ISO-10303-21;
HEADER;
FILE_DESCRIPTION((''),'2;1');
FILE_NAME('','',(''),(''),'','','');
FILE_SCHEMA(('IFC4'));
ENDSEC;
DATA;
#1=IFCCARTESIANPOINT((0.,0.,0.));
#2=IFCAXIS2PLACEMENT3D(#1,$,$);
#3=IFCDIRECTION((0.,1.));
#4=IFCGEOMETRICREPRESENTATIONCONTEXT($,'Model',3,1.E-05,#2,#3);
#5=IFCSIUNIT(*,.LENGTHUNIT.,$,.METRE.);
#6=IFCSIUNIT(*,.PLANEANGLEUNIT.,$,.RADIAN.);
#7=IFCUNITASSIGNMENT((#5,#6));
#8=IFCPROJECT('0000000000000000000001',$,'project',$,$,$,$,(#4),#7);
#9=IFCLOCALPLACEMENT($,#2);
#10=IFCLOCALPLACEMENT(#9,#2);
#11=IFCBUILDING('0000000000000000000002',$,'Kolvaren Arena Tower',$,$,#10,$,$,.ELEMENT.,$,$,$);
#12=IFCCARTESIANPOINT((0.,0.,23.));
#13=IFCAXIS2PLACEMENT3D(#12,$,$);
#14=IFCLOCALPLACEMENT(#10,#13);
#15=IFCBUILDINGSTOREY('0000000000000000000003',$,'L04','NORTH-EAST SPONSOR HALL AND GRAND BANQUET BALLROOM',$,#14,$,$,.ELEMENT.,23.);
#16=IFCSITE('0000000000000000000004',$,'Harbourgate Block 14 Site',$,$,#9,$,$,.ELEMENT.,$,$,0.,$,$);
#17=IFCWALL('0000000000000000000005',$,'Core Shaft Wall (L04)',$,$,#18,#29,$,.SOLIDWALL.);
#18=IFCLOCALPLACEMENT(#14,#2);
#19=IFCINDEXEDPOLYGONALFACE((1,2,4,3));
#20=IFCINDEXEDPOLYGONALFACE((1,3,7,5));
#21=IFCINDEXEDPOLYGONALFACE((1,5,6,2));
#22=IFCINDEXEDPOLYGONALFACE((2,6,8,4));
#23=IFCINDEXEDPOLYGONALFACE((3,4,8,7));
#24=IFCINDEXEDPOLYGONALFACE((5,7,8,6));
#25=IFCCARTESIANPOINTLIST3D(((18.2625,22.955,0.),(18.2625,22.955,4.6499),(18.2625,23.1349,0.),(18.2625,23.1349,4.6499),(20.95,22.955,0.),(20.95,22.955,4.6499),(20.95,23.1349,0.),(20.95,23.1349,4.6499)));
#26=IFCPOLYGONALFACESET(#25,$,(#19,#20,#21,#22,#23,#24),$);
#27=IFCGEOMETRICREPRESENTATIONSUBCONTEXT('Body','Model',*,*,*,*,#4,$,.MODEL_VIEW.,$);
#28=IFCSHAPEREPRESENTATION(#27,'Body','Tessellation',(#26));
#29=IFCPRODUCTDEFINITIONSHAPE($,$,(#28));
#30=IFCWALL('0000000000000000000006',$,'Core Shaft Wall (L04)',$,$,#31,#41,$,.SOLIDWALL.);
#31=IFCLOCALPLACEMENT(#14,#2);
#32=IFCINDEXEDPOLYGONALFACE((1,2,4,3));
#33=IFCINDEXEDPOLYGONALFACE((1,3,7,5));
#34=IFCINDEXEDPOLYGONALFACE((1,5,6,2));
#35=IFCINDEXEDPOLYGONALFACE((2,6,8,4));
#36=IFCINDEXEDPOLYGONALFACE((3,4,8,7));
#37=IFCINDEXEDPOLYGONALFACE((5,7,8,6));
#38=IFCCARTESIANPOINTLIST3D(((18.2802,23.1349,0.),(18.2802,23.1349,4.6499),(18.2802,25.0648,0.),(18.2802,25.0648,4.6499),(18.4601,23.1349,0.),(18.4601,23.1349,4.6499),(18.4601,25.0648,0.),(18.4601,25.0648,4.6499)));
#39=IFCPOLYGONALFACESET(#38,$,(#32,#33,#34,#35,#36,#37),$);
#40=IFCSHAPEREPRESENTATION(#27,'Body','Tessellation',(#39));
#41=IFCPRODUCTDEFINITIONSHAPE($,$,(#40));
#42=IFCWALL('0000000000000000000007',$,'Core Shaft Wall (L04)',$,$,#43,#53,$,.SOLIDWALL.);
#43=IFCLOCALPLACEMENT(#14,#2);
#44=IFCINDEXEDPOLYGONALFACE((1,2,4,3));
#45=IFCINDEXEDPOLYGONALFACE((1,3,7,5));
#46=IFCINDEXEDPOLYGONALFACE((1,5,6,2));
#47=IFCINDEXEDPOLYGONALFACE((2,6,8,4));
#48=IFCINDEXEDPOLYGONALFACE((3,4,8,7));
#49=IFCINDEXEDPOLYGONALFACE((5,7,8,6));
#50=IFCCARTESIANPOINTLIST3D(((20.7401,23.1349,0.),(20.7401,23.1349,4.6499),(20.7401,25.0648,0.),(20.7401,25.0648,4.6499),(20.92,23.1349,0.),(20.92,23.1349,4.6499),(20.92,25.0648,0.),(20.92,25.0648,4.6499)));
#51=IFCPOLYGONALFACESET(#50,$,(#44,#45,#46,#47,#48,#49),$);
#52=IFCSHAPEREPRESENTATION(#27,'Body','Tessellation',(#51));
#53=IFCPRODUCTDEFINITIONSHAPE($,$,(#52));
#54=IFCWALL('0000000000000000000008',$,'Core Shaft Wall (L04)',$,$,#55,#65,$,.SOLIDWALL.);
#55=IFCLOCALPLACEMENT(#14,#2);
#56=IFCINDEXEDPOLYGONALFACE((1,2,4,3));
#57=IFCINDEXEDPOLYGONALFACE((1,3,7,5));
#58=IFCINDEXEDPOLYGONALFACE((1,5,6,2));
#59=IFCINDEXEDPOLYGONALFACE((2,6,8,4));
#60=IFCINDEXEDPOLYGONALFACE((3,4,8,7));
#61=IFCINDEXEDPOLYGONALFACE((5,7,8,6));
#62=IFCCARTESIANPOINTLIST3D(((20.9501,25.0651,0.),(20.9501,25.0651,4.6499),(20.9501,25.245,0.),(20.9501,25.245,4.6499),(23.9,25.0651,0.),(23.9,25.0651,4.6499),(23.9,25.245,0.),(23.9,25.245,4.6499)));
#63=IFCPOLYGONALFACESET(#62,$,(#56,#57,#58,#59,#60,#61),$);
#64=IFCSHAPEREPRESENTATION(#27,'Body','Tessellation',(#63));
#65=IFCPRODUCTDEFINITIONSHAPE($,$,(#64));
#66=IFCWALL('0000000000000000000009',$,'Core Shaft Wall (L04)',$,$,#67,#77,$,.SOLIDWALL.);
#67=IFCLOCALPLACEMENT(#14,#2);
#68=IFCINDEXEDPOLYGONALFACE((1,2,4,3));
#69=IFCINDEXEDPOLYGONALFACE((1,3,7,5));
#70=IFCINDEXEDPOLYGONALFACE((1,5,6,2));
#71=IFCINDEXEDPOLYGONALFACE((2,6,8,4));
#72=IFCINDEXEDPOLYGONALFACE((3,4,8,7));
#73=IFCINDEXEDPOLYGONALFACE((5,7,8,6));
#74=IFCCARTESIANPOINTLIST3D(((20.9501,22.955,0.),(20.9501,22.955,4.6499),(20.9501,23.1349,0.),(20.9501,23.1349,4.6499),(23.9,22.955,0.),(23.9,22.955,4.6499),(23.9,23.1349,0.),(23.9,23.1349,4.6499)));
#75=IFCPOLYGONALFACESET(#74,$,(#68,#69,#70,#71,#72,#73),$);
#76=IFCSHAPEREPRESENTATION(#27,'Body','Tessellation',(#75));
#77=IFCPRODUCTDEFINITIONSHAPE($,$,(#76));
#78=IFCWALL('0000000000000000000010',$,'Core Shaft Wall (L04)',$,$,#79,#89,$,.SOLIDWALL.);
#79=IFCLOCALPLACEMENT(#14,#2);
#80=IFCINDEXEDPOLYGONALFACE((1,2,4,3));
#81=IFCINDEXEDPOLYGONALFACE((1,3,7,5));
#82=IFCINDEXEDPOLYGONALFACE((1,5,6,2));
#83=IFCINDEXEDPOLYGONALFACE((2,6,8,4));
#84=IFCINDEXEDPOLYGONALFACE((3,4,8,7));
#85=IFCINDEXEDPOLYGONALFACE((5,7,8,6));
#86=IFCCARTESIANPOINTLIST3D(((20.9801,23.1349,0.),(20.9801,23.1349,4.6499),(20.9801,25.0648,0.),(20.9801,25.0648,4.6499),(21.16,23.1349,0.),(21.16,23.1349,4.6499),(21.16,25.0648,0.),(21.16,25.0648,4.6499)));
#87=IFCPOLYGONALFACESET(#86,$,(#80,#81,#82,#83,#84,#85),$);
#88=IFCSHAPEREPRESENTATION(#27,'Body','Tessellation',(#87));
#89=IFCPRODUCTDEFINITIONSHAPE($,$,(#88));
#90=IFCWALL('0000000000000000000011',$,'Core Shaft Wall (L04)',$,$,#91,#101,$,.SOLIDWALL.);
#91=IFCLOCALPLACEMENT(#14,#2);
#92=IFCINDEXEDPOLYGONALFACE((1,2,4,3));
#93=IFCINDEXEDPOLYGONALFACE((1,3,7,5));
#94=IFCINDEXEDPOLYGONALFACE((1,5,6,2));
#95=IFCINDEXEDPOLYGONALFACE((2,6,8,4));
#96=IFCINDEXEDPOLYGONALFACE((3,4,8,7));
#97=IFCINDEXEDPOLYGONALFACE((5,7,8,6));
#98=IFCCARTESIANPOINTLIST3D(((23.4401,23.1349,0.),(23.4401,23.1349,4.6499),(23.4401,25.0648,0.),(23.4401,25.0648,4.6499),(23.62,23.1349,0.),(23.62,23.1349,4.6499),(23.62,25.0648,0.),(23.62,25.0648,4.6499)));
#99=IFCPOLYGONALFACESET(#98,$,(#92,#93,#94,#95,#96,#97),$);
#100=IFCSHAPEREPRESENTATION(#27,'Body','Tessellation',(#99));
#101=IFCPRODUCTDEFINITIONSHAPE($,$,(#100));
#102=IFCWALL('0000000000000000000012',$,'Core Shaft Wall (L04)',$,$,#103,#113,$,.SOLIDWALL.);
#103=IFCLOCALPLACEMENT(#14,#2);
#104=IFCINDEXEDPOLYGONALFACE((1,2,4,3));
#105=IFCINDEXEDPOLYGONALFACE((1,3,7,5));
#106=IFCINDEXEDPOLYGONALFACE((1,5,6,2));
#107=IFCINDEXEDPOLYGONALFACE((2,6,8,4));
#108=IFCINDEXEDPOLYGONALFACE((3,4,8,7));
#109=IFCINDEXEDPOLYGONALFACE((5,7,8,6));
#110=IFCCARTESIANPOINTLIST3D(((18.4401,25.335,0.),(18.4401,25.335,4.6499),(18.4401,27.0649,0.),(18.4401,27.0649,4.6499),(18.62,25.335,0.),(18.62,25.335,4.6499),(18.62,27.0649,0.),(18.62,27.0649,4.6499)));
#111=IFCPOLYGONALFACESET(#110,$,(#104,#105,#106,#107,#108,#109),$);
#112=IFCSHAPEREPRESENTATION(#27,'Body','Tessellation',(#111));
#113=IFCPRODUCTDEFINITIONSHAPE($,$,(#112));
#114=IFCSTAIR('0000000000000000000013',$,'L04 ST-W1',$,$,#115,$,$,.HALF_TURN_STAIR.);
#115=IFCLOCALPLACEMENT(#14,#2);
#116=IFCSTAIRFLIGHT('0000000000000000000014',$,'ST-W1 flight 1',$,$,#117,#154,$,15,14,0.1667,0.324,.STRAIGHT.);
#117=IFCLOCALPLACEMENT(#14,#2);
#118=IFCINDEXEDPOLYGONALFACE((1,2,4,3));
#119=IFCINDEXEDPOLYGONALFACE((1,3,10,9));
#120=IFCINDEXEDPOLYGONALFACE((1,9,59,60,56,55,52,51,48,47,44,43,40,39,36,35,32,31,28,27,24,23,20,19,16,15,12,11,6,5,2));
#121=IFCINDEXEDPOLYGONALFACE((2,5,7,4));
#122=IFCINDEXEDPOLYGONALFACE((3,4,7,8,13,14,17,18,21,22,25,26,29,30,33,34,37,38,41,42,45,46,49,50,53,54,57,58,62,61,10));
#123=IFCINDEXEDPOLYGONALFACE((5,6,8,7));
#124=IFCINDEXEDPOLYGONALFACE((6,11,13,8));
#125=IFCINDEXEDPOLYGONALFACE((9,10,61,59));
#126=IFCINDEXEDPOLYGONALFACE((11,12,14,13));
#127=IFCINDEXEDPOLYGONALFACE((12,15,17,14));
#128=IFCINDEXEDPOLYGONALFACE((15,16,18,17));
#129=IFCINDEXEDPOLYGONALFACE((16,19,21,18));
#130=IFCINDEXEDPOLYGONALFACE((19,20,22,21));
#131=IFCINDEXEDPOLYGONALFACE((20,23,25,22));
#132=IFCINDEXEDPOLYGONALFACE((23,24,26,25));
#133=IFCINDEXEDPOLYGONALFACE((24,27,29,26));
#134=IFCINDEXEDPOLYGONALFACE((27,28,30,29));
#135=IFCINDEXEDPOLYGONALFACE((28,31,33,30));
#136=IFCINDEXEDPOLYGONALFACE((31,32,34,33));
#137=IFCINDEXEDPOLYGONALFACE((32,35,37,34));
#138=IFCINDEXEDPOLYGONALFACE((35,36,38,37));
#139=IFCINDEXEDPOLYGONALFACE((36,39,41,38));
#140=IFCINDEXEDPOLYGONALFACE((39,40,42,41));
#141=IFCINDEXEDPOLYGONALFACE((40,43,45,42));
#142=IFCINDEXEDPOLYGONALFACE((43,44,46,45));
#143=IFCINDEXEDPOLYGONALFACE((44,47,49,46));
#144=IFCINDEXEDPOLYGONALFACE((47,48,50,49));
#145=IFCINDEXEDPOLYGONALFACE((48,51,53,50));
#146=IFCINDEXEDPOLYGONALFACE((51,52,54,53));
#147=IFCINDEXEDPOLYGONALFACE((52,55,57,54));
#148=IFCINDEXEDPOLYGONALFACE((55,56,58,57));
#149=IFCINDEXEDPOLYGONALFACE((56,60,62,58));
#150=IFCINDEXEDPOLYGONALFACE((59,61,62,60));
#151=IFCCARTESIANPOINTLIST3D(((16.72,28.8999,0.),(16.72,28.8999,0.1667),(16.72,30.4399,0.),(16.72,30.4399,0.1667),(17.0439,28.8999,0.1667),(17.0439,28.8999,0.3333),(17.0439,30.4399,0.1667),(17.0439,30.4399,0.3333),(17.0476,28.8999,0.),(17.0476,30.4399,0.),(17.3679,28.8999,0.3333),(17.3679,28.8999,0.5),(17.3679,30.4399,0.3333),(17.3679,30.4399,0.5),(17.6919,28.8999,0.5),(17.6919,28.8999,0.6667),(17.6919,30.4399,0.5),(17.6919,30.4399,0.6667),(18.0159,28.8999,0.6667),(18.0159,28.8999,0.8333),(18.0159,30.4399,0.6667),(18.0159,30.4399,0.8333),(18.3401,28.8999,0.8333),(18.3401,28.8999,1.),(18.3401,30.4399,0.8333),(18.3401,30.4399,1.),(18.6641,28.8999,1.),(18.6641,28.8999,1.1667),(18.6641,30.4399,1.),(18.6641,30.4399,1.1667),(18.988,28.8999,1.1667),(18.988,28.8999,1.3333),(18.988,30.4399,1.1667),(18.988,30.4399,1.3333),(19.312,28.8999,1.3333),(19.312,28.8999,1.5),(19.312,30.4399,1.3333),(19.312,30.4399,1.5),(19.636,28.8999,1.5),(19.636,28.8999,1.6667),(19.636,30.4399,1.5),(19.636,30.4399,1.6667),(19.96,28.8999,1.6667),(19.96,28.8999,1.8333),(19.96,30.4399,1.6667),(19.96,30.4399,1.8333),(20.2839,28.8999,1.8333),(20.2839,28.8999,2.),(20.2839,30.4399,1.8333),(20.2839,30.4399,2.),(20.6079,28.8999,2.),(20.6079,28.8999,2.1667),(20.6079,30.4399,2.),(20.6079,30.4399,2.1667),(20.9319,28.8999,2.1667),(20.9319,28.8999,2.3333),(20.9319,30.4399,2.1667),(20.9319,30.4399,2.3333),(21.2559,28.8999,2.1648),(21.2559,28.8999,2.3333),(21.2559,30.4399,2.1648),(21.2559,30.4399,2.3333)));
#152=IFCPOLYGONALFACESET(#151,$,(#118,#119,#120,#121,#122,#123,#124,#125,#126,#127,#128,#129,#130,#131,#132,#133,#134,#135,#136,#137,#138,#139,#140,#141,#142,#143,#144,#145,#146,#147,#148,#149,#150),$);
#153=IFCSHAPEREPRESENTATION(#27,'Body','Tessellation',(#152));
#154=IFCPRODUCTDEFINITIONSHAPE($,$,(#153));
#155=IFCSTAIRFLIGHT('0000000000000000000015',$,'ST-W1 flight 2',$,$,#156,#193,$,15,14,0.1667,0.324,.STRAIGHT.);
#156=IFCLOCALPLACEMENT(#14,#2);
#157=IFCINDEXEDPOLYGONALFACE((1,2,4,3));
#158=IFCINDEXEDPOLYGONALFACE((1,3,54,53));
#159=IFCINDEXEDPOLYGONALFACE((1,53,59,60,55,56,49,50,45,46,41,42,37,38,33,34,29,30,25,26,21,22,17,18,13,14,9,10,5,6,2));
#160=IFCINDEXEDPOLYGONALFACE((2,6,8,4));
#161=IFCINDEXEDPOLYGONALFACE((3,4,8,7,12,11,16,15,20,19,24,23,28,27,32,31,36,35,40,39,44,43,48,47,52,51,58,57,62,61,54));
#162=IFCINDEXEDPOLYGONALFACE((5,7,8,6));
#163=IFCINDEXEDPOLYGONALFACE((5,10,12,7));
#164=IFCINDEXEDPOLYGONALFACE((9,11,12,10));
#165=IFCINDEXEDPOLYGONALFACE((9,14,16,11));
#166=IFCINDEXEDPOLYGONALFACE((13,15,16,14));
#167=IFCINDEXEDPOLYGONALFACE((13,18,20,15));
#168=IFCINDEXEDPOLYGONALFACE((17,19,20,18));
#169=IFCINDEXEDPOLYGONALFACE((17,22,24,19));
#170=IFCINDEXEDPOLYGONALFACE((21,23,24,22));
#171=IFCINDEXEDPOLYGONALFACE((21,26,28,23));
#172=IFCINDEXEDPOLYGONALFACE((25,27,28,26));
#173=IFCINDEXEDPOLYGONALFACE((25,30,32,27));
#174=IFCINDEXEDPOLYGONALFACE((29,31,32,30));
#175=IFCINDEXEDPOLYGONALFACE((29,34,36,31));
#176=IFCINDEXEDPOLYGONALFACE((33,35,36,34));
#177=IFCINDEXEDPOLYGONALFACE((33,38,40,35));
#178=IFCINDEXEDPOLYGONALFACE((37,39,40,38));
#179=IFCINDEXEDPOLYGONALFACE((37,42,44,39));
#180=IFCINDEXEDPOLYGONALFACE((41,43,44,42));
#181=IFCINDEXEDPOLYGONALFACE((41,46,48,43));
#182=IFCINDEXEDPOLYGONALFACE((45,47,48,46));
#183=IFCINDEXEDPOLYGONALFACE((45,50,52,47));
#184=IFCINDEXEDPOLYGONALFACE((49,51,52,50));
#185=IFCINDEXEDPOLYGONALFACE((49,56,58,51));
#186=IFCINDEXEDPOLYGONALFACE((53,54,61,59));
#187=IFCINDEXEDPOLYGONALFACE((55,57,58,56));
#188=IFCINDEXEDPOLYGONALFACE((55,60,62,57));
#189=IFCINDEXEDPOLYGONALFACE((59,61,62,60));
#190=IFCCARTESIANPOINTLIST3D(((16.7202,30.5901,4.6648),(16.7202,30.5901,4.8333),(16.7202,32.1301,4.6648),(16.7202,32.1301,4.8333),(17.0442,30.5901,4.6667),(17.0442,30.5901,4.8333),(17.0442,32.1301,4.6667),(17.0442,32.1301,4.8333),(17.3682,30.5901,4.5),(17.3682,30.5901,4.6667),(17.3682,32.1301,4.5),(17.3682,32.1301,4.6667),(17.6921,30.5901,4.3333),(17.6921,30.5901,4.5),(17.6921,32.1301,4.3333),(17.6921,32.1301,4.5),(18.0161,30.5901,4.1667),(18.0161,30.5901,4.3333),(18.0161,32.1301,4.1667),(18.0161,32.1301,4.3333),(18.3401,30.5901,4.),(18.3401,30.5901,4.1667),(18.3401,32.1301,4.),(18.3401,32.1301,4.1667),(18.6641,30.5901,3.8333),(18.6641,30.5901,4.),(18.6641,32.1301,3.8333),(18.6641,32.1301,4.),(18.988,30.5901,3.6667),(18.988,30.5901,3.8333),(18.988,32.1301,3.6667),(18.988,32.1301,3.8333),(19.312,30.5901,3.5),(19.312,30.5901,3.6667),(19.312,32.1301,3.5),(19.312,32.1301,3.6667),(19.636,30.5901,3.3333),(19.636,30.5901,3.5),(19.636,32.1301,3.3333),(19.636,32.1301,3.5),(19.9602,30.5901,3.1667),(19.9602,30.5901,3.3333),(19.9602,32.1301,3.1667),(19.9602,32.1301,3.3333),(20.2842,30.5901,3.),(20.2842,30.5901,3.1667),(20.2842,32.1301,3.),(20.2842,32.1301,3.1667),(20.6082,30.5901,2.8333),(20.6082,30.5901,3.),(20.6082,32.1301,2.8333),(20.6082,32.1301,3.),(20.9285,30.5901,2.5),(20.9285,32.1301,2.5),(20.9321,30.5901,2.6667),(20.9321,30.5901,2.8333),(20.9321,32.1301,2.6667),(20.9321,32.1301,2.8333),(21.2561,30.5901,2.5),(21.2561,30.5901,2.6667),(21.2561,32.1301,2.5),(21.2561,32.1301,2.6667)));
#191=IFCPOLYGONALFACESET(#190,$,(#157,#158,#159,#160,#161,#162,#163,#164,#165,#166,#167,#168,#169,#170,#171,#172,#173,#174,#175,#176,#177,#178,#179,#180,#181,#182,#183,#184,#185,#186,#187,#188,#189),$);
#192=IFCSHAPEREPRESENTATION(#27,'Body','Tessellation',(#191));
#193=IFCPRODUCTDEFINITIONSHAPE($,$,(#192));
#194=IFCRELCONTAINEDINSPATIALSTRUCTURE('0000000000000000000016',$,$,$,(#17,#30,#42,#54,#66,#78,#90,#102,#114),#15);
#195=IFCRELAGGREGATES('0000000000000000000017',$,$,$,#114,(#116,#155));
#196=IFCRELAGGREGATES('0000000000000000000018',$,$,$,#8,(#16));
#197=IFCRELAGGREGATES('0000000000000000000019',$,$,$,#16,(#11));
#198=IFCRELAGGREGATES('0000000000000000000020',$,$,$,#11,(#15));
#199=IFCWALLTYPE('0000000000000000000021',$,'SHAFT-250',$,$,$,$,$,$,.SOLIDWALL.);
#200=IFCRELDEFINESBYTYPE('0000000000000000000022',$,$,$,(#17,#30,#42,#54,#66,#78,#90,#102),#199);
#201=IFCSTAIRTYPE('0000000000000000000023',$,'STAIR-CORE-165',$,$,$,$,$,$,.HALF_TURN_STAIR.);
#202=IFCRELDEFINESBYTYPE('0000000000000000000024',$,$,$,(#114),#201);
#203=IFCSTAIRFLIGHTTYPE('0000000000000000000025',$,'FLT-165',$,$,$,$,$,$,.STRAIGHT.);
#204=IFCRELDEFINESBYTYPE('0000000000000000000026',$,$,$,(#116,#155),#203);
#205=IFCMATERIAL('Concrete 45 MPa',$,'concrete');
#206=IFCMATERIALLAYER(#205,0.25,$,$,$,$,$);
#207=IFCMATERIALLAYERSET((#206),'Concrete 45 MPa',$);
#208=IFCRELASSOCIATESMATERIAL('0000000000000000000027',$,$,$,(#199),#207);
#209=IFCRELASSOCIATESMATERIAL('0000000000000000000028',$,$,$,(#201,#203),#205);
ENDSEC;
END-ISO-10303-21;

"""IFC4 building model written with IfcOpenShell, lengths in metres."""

from ifc_helpers import new_model, si_unit, direction, frame, frame_2d, origin, place, context, subcontext, project, spatial, polyline, rectangle, outline, extrude, material, layer, layer_set, type_object, element, aggregate, save


model = new_model("IFC4")

# Units and contexts
model_context = context("Model", 3, precision=1e-05, world=origin(), true_north=direction((0.0, 1.0)))
body_context = subcontext(model_context, "Body", "Model", "MODEL_VIEW")
ifc_project = project(units=[si_unit("LENGTHUNIT", "METRE"), si_unit("PLANEANGLEUNIT", "RADIAN")], contexts=[model_context])

# Site, building, storey
site_placement = place(None, origin())
site = spatial("IfcSite", under=ifc_project, at=site_placement, Name="Harbourgate Block 14 Site", CompositionType="ELEMENT", RefElevation=0.0)
building_placement = place(site_placement, origin())
building = spatial("IfcBuilding", under=site, at=building_placement, Name="Kolvaren Arena Tower", CompositionType="ELEMENT")
storey_placement = place(building_placement, frame((0.0, 0.0, 23.0)))
storey = spatial("IfcBuildingStorey", under=building, at=storey_placement, Name="L04", Description="NORTH-EAST SPONSOR HALL AND GRAND BANQUET BALLROOM", CompositionType="ELEMENT", Elevation=23.0)

# Shared definitions
ifc_material_1 = material(Name="Concrete 45 MPa", Category="concrete")
ifc_layer = layer(ifc_material_1, 0.25)
ifc_layer_set = layer_set([ifc_layer], Name="Concrete 45 MPa")
wall_type = type_object("IfcWallType", Name="SHAFT-250", PredefinedType="SOLIDWALL", material=ifc_layer_set)

# Walls
for number, where, z_axis, x_axis, name in (
    (1, (18.2625, 23.0449, 0.0), (0.0, 0.0, 1.0), (1.0, 0.0, 0.0), "Core Shaft Wall (L04)"),
):
    element("IfcWall", number, at=place(storey_placement, frame(where, z_axis=z_axis, x_axis=x_axis)), inside=storey, type_object=wall_type, Name=name, PredefinedType="SOLIDWALL", context=body_context, shape_type="SweptSolid", body=[
        extrude(rectangle(XDim=2.6875, YDim=0.1799, at=frame_2d((1.3438, 0.0))), origin(), (0.0, 0.0, 1.0), 4.6499),
    ])
for number, where, z_axis, x_axis, name in (
    (2, (18.3701, 23.135, 0.0), (0.0, 0.0, 1.0), (0.0, 1.0, 0.0), "Core Shaft Wall (L04)"),
    (3, (20.8301, 23.135, 0.0), (0.0, 0.0, 1.0), (0.0, 1.0, 0.0), "Core Shaft Wall (L04)"),
):
    element("IfcWall", number, at=place(storey_placement, frame(where, z_axis=z_axis, x_axis=x_axis)), inside=storey, type_object=wall_type, Name=name, PredefinedType="SOLIDWALL", context=body_context, shape_type="SweptSolid", body=[
        extrude(rectangle(XDim=1.9299, YDim=0.1799, at=frame_2d((0.9648, 0.0))), origin(), (0.0, 0.0, 1.0), 4.6499),
    ])
for number, where, z_axis, x_axis, name in (
    (4, (20.95, 25.155, 0.0), (0.0, 0.0, 1.0), (1.0, 0.0, 0.0), "Core Shaft Wall (L04)"),
    (5, (20.95, 23.0449, 0.0), (0.0, 0.0, 1.0), (1.0, 0.0, 0.0), "Core Shaft Wall (L04)"),
):
    element("IfcWall", number, at=place(storey_placement, frame(where, z_axis=z_axis, x_axis=x_axis)), inside=storey, type_object=wall_type, Name=name, PredefinedType="SOLIDWALL", context=body_context, shape_type="SweptSolid", body=[
        extrude(rectangle(XDim=2.95, YDim=0.1799, at=frame_2d((1.4751, 0.0))), origin(), (0.0, 0.0, 1.0), 4.6499),
    ])
for number, where, z_axis, x_axis, name in (
    (6, (21.0701, 23.135, 0.0), (0.0, 0.0, 1.0), (0.0, 1.0, 0.0), "Core Shaft Wall (L04)"),
    (7, (23.53, 23.135, 0.0), (0.0, 0.0, 1.0), (0.0, 1.0, 0.0), "Core Shaft Wall (L04)"),
):
    element("IfcWall", number, at=place(storey_placement, frame(where, z_axis=z_axis, x_axis=x_axis)), inside=storey, type_object=wall_type, Name=name, PredefinedType="SOLIDWALL", context=body_context, shape_type="SweptSolid", body=[
        extrude(rectangle(XDim=1.9299, YDim=0.1799, at=frame_2d((0.9648, 0.0))), origin(), (0.0, 0.0, 1.0), 4.6499),
    ])
wall_1_placement = place(storey_placement, frame((18.53, 25.335, 0.0), z_axis=(0.0, 0.0, 1.0), x_axis=(0.0, 1.0, 0.0)))
element("IfcWall", 8, at=wall_1_placement, inside=storey, type_object=wall_type, Name="Core Shaft Wall (L04)", PredefinedType="SOLIDWALL", context=body_context, shape_type="SweptSolid", body=[
    extrude(rectangle(XDim=1.73, YDim=0.1799, at=frame_2d((0.865, 0.0))), origin(), (0.0, 0.0, 1.0), 4.6499),
])

# Stair, stair flights
stair_type = type_object("IfcStairType", Name="STAIR-CORE-165", PredefinedType="HALF_TURN_STAIR", material=ifc_material_1)
stair_placement = place(storey_placement, origin())
stair = element("IfcStair", 9, at=stair_placement, inside=storey, type_object=stair_type, Name="L04 ST-W1", PredefinedType="HALF_TURN_STAIR")
stair_flight_type = type_object("IfcStairFlightType", Name="FLT-165", PredefinedType="STRAIGHT", material=ifc_material_1)
stair_flight_1_placement = place(storey_placement, frame((16.72, 29.6699, 0.0), z_axis=(0.0, 0.0, 1.0), x_axis=(1.0, 0.0, 0.0)))
stair_flight_1 = element("IfcStairFlight", 10, at=stair_flight_1_placement, type_object=stair_flight_type, Name="ST-W1 flight 1", NumberOfRisers=15, NumberOfTreads=14, PredefinedType="STRAIGHT", RiserHeight=0.1667, TreadLength=0.324, context=body_context, shape_type="SweptSolid", body=[
    extrude(outline(polyline([(0.0, 0.0), (0.0, 0.1667), (0.324, 0.1667), (0.324, 0.3333), (0.6479, 0.3333), (0.6479, 0.5), (0.9719, 0.5), (0.9719, 0.6667), (1.2959, 0.6667), (1.2959, 0.8333), (1.6201, 0.8333), (1.6201, 1.0), (1.9441, 1.0), (1.9441, 1.1667), (2.2681, 1.1667), (2.2681, 1.3333), (2.592, 1.3333), (2.592, 1.5), (2.916, 1.5), (2.916, 1.6667), (3.24, 1.6667), (3.24, 1.8333), (3.564, 1.8333), (3.564, 2.0), (3.8879, 2.0), (3.8879, 2.1667), (4.2119, 2.1667), (4.2119, 2.3333), (4.5359, 2.3333), (4.5359, 2.5), (4.5359, 2.1648), (0.3276, 0.0), (0.0, 0.0)])), frame((0.0, 0.77, 0.0), z_axis=(0.0, -1.0, 0.0), x_axis=(1.0, 0.0, 0.0)), (0.0, 0.0, 1.0), 1.54),
])
stair_flight_2_placement = place(storey_placement, frame((21.2561, 31.3601, 2.5), z_axis=(0.0, 0.0, 1.0), x_axis=(-1.0, 0.0, 0.0)))
stair_flight_2 = element("IfcStairFlight", 11, at=stair_flight_2_placement, type_object=stair_flight_type, Name="ST-W1 flight 2", NumberOfRisers=15, NumberOfTreads=14, PredefinedType="STRAIGHT", RiserHeight=0.1667, TreadLength=0.324, context=body_context, shape_type="SweptSolid", body=[
    extrude(outline(polyline([(0.0, 0.0), (0.0, 0.1667), (0.324, 0.1667), (0.324, 0.3333), (0.6479, 0.3333), (0.6479, 0.5), (0.9719, 0.5), (0.9719, 0.6667), (1.2959, 0.6667), (1.2959, 0.8333), (1.6201, 0.8333), (1.6201, 1.0), (1.9441, 1.0), (1.9441, 1.1667), (2.2681, 1.1667), (2.2681, 1.3333), (2.592, 1.3333), (2.592, 1.5), (2.916, 1.5), (2.916, 1.6667), (3.24, 1.6667), (3.24, 1.8333), (3.564, 1.8333), (3.564, 2.0), (3.8879, 2.0), (3.8879, 2.1667), (4.2119, 2.1667), (4.2119, 2.3333), (4.5359, 2.3333), (4.5359, 2.5), (4.5359, 2.1648), (0.3276, 0.0), (0.0, 0.0)])), frame((0.0, 0.77, 0.0), z_axis=(0.0, -1.0, 0.0), x_axis=(1.0, 0.0, 0.0)), (0.0, 0.0, 1.0), 1.54),
])
aggregate(stair, [stair_flight_1, stair_flight_2])

save(model, "model.ifc")
